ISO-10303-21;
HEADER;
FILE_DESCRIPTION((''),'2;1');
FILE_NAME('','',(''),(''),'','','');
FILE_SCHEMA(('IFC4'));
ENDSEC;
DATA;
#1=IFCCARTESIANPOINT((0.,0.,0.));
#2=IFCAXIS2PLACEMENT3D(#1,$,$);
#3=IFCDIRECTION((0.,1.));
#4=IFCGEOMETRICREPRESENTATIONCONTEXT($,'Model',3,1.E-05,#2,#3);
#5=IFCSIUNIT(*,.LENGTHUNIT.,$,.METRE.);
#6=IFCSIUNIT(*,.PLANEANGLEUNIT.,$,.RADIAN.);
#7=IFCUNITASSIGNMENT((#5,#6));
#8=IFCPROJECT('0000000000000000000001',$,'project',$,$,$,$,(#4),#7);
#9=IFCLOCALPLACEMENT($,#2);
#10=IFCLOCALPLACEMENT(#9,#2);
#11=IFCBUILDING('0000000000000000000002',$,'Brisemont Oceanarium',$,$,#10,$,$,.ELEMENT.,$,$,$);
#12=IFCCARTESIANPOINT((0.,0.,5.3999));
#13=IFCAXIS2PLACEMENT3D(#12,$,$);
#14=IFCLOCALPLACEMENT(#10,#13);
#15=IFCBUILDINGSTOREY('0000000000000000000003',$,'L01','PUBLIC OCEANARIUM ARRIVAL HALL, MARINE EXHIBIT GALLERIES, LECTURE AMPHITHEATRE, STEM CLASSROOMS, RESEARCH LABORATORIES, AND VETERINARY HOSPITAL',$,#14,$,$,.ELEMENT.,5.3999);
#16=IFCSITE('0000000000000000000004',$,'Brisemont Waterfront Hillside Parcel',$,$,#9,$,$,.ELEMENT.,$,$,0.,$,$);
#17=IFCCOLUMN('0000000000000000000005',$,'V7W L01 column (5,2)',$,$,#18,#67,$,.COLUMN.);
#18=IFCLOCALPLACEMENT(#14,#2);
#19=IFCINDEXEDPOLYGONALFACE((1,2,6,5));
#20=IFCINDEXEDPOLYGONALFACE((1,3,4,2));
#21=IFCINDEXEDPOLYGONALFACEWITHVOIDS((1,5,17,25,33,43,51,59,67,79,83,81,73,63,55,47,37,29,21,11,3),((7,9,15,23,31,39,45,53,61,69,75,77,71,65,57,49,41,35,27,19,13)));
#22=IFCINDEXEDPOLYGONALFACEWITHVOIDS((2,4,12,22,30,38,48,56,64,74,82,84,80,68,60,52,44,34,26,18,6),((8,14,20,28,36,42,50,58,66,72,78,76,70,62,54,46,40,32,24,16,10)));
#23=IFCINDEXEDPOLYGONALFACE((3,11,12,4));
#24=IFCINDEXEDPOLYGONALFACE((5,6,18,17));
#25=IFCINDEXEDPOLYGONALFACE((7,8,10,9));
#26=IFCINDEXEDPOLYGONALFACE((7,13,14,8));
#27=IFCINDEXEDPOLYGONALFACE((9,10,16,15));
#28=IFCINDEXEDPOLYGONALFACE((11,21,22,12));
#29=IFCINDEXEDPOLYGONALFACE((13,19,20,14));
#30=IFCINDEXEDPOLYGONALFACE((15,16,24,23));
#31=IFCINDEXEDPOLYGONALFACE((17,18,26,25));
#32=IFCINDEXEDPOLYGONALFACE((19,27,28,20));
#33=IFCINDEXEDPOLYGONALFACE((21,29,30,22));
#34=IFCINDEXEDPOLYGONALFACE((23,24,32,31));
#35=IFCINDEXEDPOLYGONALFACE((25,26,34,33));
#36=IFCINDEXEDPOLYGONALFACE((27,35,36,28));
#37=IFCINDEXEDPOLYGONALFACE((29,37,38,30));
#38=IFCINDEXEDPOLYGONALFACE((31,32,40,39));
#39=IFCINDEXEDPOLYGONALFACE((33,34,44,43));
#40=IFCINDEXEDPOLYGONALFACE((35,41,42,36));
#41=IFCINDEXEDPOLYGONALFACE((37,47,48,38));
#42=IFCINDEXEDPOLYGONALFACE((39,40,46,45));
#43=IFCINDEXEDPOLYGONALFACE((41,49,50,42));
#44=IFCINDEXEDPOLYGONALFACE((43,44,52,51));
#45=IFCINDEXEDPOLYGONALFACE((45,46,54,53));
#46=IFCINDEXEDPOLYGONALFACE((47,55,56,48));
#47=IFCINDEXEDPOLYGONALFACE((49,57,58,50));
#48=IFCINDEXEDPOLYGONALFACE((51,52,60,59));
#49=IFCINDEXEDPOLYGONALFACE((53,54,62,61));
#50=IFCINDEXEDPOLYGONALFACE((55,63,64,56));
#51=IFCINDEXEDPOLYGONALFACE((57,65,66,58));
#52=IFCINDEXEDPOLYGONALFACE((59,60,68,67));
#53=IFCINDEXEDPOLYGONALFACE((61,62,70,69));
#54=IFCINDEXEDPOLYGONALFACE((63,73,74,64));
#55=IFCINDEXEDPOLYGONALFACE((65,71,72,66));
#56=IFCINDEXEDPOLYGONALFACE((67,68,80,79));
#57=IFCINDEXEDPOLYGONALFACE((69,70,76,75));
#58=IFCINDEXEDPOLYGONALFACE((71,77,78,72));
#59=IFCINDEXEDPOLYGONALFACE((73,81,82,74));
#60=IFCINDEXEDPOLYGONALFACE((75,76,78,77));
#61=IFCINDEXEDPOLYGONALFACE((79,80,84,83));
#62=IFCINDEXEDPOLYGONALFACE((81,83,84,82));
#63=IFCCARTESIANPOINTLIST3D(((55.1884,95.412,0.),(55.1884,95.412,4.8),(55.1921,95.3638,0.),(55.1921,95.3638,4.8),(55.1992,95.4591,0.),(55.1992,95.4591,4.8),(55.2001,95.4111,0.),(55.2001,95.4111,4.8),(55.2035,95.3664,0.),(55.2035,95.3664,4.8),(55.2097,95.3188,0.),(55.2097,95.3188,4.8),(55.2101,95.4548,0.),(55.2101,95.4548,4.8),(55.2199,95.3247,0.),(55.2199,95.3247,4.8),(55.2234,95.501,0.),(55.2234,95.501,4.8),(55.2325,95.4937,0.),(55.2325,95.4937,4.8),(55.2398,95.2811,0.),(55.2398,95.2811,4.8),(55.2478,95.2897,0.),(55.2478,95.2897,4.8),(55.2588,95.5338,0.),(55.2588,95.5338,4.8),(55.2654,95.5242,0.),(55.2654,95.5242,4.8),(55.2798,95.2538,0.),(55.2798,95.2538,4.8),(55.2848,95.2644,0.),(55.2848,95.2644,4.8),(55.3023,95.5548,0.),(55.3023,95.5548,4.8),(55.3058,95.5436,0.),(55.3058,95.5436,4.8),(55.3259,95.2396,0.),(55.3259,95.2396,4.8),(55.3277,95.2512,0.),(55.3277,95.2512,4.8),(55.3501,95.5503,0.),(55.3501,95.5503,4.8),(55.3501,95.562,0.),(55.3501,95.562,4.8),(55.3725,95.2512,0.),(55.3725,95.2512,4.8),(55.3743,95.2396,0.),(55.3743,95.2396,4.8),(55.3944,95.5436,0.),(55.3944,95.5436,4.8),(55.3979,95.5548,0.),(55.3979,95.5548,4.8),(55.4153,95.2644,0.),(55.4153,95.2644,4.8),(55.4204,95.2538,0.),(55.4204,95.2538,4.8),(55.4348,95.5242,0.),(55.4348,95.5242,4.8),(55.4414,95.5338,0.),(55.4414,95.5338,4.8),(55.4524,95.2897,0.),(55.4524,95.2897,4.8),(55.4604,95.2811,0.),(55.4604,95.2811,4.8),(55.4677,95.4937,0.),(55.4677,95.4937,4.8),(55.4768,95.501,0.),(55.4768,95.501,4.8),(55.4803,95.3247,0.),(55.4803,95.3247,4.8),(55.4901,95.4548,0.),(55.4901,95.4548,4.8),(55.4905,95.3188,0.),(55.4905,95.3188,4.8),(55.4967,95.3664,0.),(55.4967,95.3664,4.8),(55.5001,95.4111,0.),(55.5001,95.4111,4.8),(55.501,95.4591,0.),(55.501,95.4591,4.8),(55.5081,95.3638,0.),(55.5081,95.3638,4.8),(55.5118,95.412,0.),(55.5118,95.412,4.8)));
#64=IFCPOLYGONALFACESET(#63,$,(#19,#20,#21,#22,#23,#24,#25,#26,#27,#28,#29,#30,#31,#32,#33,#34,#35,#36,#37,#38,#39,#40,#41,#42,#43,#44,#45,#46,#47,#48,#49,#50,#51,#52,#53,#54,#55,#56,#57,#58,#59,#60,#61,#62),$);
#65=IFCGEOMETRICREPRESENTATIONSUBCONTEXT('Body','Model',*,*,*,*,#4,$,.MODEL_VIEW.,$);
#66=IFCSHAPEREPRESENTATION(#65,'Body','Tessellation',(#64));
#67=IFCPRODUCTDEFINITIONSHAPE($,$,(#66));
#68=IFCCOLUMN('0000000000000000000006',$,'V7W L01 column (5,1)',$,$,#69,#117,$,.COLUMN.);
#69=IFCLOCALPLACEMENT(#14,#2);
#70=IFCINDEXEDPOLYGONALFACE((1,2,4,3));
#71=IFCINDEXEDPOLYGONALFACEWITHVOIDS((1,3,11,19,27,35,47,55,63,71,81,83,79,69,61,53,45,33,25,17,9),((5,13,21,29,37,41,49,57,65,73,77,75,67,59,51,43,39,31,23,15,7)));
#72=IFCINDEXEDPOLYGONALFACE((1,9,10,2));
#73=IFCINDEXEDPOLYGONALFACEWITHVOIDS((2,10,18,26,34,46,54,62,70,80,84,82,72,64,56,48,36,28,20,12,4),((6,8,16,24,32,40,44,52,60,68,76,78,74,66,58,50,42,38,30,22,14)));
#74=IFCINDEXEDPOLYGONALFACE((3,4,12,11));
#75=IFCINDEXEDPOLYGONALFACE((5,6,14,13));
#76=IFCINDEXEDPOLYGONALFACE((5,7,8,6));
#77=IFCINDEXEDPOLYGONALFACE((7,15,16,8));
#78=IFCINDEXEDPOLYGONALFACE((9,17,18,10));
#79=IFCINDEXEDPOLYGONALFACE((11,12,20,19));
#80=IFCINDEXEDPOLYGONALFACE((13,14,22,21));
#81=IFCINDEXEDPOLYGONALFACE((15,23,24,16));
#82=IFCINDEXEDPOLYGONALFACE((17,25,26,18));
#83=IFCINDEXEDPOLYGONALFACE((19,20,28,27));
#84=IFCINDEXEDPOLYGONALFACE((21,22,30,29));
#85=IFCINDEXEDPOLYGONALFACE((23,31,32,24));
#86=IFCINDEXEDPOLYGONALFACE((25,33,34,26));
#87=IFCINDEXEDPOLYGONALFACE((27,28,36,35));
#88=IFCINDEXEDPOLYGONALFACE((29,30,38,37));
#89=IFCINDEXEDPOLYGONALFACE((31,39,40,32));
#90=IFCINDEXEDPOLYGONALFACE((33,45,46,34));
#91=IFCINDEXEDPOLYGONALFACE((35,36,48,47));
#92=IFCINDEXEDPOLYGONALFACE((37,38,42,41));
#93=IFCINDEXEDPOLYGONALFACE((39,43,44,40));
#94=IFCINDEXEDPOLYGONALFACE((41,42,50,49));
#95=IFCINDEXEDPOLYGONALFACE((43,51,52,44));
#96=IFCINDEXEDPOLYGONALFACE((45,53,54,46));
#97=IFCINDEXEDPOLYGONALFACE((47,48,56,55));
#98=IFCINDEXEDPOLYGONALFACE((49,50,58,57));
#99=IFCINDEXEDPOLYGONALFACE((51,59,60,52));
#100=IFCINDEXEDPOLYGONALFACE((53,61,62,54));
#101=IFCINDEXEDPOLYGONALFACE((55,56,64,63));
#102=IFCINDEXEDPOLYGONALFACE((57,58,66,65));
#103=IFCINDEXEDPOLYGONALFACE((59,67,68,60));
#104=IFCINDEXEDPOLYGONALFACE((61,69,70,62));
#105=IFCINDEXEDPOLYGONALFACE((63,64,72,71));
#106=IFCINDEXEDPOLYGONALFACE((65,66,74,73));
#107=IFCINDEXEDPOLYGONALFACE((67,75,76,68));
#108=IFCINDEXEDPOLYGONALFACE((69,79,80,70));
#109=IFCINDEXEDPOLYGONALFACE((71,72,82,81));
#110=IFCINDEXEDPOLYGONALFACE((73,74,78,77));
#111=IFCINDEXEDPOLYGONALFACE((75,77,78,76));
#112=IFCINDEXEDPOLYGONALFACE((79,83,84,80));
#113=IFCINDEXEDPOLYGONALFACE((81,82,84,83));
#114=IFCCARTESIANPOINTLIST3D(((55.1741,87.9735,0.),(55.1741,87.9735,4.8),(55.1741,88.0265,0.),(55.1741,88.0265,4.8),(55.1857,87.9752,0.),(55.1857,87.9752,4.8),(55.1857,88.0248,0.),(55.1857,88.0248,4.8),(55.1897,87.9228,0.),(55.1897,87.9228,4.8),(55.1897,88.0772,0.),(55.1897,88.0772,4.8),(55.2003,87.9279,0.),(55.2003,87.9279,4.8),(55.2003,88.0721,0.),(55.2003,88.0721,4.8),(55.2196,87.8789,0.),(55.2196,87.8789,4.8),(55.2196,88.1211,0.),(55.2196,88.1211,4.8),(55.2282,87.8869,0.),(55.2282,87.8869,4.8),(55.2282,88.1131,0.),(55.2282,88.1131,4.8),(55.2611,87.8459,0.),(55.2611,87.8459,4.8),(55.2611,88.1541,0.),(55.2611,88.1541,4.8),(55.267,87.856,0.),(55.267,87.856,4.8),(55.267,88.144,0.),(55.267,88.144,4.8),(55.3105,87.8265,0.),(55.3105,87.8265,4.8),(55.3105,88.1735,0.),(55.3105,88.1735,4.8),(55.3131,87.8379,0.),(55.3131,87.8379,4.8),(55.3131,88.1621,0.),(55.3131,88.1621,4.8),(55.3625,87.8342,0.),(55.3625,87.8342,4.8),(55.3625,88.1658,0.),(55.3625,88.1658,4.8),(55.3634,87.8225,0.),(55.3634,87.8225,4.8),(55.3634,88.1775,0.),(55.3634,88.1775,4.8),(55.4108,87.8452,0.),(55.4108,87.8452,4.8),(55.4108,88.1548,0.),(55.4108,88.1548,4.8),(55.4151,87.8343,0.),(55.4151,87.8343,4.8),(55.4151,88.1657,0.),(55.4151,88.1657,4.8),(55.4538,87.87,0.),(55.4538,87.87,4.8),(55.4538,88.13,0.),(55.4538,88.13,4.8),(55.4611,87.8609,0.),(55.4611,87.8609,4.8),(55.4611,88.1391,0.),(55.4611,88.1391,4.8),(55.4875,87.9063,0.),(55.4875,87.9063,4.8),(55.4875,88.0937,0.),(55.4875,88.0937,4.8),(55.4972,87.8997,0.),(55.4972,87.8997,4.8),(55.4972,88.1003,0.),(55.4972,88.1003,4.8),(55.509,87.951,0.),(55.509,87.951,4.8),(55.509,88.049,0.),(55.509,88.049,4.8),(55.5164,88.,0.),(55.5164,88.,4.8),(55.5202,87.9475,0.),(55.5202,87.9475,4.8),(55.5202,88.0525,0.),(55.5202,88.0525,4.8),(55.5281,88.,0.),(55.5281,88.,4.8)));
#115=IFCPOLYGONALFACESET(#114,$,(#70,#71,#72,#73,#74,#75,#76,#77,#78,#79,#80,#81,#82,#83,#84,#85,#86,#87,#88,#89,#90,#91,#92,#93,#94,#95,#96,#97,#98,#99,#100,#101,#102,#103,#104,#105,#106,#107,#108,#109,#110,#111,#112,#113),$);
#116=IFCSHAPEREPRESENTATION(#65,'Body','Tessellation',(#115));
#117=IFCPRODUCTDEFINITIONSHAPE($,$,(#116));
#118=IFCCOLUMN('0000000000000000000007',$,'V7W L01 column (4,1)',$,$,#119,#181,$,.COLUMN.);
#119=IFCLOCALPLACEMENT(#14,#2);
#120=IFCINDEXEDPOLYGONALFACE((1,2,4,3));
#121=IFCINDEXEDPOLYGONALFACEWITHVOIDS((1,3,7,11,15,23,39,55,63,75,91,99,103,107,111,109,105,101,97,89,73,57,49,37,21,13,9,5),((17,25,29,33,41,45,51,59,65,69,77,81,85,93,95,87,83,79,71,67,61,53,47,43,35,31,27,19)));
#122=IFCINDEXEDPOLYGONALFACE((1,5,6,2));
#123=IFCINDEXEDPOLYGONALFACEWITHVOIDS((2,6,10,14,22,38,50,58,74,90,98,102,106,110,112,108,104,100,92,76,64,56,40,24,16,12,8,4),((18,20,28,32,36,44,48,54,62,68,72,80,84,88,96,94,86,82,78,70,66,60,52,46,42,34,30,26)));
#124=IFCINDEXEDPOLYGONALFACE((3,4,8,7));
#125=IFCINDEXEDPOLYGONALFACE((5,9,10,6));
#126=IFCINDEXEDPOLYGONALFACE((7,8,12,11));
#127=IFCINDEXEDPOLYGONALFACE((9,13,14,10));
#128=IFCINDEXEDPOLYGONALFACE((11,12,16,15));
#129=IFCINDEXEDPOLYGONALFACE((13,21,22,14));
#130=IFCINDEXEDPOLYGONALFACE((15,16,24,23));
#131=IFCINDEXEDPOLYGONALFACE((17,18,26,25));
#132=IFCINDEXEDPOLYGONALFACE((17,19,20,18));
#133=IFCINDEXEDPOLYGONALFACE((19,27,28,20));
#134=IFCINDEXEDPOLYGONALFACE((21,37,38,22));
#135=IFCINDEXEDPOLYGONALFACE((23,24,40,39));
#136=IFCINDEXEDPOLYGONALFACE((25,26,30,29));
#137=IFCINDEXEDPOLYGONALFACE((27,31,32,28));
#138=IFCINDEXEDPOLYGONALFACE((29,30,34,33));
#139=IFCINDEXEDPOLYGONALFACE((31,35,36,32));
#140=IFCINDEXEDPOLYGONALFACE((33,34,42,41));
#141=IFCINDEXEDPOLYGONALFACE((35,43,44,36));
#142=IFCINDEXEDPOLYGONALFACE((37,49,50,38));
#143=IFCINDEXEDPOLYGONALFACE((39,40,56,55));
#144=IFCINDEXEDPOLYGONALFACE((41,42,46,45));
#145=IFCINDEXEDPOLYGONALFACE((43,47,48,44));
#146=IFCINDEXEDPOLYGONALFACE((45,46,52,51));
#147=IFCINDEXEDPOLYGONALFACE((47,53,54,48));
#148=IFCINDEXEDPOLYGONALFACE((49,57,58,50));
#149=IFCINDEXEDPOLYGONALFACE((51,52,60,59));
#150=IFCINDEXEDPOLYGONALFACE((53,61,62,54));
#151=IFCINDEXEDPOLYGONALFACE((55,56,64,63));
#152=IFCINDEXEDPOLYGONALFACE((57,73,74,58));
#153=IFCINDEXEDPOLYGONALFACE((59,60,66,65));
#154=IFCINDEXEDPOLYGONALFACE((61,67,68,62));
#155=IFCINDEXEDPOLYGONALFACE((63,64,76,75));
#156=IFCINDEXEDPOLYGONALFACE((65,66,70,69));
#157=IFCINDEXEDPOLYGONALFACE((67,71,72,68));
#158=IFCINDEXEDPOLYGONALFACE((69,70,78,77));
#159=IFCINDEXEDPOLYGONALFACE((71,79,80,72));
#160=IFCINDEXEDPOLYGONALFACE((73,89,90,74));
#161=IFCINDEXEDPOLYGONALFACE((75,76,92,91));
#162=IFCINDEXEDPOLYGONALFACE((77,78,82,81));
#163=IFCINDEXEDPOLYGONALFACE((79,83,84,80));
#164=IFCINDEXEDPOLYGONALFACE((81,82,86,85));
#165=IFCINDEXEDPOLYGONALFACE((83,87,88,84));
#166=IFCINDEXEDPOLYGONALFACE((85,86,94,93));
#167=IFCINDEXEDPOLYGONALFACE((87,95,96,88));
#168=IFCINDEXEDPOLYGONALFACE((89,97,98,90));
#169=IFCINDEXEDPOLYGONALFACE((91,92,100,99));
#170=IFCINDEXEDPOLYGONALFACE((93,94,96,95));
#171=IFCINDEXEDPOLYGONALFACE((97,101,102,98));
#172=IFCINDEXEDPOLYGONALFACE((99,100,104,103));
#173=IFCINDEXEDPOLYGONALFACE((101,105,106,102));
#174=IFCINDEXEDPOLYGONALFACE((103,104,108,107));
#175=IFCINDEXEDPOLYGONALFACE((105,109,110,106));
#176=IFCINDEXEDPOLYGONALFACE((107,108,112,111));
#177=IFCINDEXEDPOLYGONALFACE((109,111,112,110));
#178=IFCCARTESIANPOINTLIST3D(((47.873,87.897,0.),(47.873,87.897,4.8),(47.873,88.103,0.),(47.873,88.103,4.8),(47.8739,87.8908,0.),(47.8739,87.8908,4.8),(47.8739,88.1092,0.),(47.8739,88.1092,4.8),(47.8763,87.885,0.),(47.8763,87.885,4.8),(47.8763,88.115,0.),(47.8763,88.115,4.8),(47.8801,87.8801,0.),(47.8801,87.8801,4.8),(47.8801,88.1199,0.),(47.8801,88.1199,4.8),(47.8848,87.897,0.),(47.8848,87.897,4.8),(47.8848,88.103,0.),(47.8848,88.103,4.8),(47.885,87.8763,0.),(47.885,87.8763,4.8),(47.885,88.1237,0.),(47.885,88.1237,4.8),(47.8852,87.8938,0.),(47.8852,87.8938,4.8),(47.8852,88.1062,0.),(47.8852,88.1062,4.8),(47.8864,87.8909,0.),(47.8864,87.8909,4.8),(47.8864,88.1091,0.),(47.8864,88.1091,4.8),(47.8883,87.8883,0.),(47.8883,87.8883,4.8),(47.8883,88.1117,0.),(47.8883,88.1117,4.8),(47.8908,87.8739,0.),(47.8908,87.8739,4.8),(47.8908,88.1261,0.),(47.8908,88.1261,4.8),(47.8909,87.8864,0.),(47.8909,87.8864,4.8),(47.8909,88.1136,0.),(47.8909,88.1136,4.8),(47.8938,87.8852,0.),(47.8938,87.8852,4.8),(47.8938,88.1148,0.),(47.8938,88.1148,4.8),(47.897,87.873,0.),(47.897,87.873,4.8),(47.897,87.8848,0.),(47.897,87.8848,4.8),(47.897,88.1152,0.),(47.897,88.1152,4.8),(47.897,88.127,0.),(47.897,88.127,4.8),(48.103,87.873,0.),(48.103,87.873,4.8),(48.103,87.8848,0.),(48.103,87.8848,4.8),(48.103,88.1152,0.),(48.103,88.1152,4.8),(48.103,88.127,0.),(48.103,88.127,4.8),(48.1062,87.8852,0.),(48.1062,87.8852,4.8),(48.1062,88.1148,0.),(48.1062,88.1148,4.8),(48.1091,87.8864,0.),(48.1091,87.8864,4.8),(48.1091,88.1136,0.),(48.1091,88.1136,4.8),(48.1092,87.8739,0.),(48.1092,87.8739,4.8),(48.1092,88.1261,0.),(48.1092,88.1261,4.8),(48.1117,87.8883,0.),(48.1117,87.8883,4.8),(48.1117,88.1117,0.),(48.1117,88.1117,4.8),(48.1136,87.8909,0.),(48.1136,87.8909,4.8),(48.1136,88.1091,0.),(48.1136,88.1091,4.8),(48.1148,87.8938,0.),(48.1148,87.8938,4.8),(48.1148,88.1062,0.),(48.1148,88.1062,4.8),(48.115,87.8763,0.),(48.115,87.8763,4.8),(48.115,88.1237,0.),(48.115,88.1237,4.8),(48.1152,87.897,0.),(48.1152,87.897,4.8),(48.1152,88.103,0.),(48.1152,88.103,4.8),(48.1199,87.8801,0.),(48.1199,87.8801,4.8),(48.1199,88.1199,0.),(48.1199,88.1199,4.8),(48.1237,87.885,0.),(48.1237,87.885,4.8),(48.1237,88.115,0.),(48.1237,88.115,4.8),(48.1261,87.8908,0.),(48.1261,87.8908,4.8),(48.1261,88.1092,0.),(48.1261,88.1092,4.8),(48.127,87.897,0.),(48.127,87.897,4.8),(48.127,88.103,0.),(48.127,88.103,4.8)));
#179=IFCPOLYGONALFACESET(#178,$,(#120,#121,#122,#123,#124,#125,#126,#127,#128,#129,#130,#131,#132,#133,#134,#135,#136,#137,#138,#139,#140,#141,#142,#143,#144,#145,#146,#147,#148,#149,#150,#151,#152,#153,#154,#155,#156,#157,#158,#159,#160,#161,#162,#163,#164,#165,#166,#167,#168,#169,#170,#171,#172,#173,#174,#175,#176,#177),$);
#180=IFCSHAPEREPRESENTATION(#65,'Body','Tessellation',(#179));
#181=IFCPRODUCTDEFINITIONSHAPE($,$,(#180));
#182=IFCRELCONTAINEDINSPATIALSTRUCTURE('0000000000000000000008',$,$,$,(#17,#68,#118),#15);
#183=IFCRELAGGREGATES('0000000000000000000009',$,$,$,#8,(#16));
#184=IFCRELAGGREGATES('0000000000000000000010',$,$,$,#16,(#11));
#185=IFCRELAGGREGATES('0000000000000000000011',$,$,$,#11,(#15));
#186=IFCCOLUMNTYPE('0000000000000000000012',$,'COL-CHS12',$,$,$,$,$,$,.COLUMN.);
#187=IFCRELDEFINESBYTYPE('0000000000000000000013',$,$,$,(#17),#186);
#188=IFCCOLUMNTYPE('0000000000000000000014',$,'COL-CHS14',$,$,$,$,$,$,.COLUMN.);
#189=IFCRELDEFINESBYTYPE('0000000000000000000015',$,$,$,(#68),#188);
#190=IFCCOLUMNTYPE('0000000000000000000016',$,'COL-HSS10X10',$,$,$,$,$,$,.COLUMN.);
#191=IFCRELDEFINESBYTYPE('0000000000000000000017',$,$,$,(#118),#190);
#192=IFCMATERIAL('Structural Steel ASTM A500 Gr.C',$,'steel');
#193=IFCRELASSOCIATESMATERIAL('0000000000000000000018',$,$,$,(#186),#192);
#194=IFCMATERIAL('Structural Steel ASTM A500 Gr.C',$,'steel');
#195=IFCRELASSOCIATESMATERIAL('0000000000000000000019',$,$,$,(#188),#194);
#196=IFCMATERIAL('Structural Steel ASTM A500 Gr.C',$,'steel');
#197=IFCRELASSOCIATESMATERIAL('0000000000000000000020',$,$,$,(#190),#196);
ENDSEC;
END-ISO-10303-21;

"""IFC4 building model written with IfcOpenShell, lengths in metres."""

from ifc_helpers import new_model, si_unit, direction, frame, origin, origin_2d, place, context, subcontext, project, spatial, hollow_rectangle, hollow_circle, extrude, material, material_profile, profile_set, type_object, element, save


model = new_model("IFC4")

# Units and contexts
model_context = context("Model", 3, precision=1e-05, world=origin(), true_north=direction((0.0, 1.0)))
body_context = subcontext(model_context, "Body", "Model", "MODEL_VIEW")
ifc_project = project(units=[si_unit("LENGTHUNIT", "METRE"), si_unit("PLANEANGLEUNIT", "RADIAN")], contexts=[model_context])

# Site, building, storey
site_placement = place(None, origin())
site = spatial("IfcSite", under=ifc_project, at=site_placement, Name="Brisemont Waterfront Hillside Parcel", CompositionType="ELEMENT", RefElevation=0.0)
building_placement = place(site_placement, origin())
building = spatial("IfcBuilding", under=site, at=building_placement, Name="Brisemont Oceanarium", CompositionType="ELEMENT")
storey_placement = place(building_placement, frame((0.0, 0.0, 5.3999)))
storey = spatial("IfcBuildingStorey", under=building, at=storey_placement, Name="L01", Description="PUBLIC OCEANARIUM ARRIVAL HALL, MARINE EXHIBIT GALLERIES, LECTURE AMPHITHEATRE, STEM CLASSROOMS, RESEARCH LABORATORIES, AND VETERINARY HOSPITAL", CompositionType="ELEMENT", Elevation=5.3999)

# Columns
ifc_material_1 = material(Name="Structural Steel ASTM A500 Gr.C", Category="steel")
ifc_material_profile_1 = material_profile(ifc_material_1, hollow_circle(Radius=0.1621, WallThickness=0.0117, at=origin_2d()), Name="HSS12.750X0.500")
ifc_profile_set_1 = profile_set([ifc_material_profile_1], Name="Structural Steel ASTM A500 Gr.C")
column_type_1 = type_object("IfcColumnType", Name="COL-CHS12", PredefinedType="COLUMN", material=ifc_profile_set_1)
column_1_placement = place(storey_placement, frame((55.3501, 95.3999, 0.0), z_axis=(0.0, 0.0, 1.0), x_axis=(0.0, 1.0, 0.0)))
element("IfcColumn", 1, at=column_1_placement, inside=storey, type_object=column_type_1, Name="V7W L01 column (5,2)", PredefinedType="COLUMN", context=body_context, shape_type="SweptSolid", body=[
    extrude(hollow_circle(Radius=0.1621, WallThickness=0.0117, at=origin_2d()), origin(), (0.0, 0.0, 1.0), 4.8),
])
ifc_material_2 = material(Name="Structural Steel ASTM A500 Gr.C", Category="steel")
ifc_material_profile_2 = material_profile(ifc_material_2, hollow_circle(Radius=0.178, WallThickness=0.0117, at=origin_2d()), Name="HSS14.000X0.500")
ifc_profile_set_2 = profile_set([ifc_material_profile_2], Name="Structural Steel ASTM A500 Gr.C")
column_type_2 = type_object("IfcColumnType", Name="COL-CHS14", PredefinedType="COLUMN", material=ifc_profile_set_2)
column_2_placement = place(storey_placement, frame((55.3501, 88.0, 0.0), z_axis=(0.0, 0.0, 1.0), x_axis=(1.0, 0.0, 0.0)))
element("IfcColumn", 2, at=column_2_placement, inside=storey, type_object=column_type_2, Name="V7W L01 column (5,1)", PredefinedType="COLUMN", context=body_context, shape_type="SweptSolid", body=[
    extrude(hollow_circle(Radius=0.178, WallThickness=0.0117, at=origin_2d()), origin(), (0.0, 0.0, 1.0), 4.8),
])
ifc_material_3 = material(Name="Structural Steel ASTM A500 Gr.C", Category="steel")
ifc_material_profile_3 = material_profile(ifc_material_3, hollow_rectangle(XDim=0.2539, YDim=0.2539, WallThickness=0.0117, InnerFilletRadius=0.0122, OuterFilletRadius=0.0239, at=origin_2d()), Name="HSS10X10X1/2")
ifc_profile_set_3 = profile_set([ifc_material_profile_3], Name="Structural Steel ASTM A500 Gr.C")
column_type_3 = type_object("IfcColumnType", Name="COL-HSS10X10", PredefinedType="COLUMN", material=ifc_profile_set_3)
column_3_placement = place(storey_placement, frame((48.0, 88.0, 0.0), z_axis=(0.0, 0.0, 1.0), x_axis=(0.0, 1.0, 0.0)))
element("IfcColumn", 3, at=column_3_placement, inside=storey, type_object=column_type_3, Name="V7W L01 column (4,1)", PredefinedType="COLUMN", context=body_context, shape_type="SweptSolid", body=[
    extrude(hollow_rectangle(XDim=0.2539, YDim=0.2539, WallThickness=0.0117, InnerFilletRadius=0.0122, OuterFilletRadius=0.0239, at=origin_2d()), origin(), (0.0, 0.0, 1.0), 4.8),
])

save(model, "model.ifc")
